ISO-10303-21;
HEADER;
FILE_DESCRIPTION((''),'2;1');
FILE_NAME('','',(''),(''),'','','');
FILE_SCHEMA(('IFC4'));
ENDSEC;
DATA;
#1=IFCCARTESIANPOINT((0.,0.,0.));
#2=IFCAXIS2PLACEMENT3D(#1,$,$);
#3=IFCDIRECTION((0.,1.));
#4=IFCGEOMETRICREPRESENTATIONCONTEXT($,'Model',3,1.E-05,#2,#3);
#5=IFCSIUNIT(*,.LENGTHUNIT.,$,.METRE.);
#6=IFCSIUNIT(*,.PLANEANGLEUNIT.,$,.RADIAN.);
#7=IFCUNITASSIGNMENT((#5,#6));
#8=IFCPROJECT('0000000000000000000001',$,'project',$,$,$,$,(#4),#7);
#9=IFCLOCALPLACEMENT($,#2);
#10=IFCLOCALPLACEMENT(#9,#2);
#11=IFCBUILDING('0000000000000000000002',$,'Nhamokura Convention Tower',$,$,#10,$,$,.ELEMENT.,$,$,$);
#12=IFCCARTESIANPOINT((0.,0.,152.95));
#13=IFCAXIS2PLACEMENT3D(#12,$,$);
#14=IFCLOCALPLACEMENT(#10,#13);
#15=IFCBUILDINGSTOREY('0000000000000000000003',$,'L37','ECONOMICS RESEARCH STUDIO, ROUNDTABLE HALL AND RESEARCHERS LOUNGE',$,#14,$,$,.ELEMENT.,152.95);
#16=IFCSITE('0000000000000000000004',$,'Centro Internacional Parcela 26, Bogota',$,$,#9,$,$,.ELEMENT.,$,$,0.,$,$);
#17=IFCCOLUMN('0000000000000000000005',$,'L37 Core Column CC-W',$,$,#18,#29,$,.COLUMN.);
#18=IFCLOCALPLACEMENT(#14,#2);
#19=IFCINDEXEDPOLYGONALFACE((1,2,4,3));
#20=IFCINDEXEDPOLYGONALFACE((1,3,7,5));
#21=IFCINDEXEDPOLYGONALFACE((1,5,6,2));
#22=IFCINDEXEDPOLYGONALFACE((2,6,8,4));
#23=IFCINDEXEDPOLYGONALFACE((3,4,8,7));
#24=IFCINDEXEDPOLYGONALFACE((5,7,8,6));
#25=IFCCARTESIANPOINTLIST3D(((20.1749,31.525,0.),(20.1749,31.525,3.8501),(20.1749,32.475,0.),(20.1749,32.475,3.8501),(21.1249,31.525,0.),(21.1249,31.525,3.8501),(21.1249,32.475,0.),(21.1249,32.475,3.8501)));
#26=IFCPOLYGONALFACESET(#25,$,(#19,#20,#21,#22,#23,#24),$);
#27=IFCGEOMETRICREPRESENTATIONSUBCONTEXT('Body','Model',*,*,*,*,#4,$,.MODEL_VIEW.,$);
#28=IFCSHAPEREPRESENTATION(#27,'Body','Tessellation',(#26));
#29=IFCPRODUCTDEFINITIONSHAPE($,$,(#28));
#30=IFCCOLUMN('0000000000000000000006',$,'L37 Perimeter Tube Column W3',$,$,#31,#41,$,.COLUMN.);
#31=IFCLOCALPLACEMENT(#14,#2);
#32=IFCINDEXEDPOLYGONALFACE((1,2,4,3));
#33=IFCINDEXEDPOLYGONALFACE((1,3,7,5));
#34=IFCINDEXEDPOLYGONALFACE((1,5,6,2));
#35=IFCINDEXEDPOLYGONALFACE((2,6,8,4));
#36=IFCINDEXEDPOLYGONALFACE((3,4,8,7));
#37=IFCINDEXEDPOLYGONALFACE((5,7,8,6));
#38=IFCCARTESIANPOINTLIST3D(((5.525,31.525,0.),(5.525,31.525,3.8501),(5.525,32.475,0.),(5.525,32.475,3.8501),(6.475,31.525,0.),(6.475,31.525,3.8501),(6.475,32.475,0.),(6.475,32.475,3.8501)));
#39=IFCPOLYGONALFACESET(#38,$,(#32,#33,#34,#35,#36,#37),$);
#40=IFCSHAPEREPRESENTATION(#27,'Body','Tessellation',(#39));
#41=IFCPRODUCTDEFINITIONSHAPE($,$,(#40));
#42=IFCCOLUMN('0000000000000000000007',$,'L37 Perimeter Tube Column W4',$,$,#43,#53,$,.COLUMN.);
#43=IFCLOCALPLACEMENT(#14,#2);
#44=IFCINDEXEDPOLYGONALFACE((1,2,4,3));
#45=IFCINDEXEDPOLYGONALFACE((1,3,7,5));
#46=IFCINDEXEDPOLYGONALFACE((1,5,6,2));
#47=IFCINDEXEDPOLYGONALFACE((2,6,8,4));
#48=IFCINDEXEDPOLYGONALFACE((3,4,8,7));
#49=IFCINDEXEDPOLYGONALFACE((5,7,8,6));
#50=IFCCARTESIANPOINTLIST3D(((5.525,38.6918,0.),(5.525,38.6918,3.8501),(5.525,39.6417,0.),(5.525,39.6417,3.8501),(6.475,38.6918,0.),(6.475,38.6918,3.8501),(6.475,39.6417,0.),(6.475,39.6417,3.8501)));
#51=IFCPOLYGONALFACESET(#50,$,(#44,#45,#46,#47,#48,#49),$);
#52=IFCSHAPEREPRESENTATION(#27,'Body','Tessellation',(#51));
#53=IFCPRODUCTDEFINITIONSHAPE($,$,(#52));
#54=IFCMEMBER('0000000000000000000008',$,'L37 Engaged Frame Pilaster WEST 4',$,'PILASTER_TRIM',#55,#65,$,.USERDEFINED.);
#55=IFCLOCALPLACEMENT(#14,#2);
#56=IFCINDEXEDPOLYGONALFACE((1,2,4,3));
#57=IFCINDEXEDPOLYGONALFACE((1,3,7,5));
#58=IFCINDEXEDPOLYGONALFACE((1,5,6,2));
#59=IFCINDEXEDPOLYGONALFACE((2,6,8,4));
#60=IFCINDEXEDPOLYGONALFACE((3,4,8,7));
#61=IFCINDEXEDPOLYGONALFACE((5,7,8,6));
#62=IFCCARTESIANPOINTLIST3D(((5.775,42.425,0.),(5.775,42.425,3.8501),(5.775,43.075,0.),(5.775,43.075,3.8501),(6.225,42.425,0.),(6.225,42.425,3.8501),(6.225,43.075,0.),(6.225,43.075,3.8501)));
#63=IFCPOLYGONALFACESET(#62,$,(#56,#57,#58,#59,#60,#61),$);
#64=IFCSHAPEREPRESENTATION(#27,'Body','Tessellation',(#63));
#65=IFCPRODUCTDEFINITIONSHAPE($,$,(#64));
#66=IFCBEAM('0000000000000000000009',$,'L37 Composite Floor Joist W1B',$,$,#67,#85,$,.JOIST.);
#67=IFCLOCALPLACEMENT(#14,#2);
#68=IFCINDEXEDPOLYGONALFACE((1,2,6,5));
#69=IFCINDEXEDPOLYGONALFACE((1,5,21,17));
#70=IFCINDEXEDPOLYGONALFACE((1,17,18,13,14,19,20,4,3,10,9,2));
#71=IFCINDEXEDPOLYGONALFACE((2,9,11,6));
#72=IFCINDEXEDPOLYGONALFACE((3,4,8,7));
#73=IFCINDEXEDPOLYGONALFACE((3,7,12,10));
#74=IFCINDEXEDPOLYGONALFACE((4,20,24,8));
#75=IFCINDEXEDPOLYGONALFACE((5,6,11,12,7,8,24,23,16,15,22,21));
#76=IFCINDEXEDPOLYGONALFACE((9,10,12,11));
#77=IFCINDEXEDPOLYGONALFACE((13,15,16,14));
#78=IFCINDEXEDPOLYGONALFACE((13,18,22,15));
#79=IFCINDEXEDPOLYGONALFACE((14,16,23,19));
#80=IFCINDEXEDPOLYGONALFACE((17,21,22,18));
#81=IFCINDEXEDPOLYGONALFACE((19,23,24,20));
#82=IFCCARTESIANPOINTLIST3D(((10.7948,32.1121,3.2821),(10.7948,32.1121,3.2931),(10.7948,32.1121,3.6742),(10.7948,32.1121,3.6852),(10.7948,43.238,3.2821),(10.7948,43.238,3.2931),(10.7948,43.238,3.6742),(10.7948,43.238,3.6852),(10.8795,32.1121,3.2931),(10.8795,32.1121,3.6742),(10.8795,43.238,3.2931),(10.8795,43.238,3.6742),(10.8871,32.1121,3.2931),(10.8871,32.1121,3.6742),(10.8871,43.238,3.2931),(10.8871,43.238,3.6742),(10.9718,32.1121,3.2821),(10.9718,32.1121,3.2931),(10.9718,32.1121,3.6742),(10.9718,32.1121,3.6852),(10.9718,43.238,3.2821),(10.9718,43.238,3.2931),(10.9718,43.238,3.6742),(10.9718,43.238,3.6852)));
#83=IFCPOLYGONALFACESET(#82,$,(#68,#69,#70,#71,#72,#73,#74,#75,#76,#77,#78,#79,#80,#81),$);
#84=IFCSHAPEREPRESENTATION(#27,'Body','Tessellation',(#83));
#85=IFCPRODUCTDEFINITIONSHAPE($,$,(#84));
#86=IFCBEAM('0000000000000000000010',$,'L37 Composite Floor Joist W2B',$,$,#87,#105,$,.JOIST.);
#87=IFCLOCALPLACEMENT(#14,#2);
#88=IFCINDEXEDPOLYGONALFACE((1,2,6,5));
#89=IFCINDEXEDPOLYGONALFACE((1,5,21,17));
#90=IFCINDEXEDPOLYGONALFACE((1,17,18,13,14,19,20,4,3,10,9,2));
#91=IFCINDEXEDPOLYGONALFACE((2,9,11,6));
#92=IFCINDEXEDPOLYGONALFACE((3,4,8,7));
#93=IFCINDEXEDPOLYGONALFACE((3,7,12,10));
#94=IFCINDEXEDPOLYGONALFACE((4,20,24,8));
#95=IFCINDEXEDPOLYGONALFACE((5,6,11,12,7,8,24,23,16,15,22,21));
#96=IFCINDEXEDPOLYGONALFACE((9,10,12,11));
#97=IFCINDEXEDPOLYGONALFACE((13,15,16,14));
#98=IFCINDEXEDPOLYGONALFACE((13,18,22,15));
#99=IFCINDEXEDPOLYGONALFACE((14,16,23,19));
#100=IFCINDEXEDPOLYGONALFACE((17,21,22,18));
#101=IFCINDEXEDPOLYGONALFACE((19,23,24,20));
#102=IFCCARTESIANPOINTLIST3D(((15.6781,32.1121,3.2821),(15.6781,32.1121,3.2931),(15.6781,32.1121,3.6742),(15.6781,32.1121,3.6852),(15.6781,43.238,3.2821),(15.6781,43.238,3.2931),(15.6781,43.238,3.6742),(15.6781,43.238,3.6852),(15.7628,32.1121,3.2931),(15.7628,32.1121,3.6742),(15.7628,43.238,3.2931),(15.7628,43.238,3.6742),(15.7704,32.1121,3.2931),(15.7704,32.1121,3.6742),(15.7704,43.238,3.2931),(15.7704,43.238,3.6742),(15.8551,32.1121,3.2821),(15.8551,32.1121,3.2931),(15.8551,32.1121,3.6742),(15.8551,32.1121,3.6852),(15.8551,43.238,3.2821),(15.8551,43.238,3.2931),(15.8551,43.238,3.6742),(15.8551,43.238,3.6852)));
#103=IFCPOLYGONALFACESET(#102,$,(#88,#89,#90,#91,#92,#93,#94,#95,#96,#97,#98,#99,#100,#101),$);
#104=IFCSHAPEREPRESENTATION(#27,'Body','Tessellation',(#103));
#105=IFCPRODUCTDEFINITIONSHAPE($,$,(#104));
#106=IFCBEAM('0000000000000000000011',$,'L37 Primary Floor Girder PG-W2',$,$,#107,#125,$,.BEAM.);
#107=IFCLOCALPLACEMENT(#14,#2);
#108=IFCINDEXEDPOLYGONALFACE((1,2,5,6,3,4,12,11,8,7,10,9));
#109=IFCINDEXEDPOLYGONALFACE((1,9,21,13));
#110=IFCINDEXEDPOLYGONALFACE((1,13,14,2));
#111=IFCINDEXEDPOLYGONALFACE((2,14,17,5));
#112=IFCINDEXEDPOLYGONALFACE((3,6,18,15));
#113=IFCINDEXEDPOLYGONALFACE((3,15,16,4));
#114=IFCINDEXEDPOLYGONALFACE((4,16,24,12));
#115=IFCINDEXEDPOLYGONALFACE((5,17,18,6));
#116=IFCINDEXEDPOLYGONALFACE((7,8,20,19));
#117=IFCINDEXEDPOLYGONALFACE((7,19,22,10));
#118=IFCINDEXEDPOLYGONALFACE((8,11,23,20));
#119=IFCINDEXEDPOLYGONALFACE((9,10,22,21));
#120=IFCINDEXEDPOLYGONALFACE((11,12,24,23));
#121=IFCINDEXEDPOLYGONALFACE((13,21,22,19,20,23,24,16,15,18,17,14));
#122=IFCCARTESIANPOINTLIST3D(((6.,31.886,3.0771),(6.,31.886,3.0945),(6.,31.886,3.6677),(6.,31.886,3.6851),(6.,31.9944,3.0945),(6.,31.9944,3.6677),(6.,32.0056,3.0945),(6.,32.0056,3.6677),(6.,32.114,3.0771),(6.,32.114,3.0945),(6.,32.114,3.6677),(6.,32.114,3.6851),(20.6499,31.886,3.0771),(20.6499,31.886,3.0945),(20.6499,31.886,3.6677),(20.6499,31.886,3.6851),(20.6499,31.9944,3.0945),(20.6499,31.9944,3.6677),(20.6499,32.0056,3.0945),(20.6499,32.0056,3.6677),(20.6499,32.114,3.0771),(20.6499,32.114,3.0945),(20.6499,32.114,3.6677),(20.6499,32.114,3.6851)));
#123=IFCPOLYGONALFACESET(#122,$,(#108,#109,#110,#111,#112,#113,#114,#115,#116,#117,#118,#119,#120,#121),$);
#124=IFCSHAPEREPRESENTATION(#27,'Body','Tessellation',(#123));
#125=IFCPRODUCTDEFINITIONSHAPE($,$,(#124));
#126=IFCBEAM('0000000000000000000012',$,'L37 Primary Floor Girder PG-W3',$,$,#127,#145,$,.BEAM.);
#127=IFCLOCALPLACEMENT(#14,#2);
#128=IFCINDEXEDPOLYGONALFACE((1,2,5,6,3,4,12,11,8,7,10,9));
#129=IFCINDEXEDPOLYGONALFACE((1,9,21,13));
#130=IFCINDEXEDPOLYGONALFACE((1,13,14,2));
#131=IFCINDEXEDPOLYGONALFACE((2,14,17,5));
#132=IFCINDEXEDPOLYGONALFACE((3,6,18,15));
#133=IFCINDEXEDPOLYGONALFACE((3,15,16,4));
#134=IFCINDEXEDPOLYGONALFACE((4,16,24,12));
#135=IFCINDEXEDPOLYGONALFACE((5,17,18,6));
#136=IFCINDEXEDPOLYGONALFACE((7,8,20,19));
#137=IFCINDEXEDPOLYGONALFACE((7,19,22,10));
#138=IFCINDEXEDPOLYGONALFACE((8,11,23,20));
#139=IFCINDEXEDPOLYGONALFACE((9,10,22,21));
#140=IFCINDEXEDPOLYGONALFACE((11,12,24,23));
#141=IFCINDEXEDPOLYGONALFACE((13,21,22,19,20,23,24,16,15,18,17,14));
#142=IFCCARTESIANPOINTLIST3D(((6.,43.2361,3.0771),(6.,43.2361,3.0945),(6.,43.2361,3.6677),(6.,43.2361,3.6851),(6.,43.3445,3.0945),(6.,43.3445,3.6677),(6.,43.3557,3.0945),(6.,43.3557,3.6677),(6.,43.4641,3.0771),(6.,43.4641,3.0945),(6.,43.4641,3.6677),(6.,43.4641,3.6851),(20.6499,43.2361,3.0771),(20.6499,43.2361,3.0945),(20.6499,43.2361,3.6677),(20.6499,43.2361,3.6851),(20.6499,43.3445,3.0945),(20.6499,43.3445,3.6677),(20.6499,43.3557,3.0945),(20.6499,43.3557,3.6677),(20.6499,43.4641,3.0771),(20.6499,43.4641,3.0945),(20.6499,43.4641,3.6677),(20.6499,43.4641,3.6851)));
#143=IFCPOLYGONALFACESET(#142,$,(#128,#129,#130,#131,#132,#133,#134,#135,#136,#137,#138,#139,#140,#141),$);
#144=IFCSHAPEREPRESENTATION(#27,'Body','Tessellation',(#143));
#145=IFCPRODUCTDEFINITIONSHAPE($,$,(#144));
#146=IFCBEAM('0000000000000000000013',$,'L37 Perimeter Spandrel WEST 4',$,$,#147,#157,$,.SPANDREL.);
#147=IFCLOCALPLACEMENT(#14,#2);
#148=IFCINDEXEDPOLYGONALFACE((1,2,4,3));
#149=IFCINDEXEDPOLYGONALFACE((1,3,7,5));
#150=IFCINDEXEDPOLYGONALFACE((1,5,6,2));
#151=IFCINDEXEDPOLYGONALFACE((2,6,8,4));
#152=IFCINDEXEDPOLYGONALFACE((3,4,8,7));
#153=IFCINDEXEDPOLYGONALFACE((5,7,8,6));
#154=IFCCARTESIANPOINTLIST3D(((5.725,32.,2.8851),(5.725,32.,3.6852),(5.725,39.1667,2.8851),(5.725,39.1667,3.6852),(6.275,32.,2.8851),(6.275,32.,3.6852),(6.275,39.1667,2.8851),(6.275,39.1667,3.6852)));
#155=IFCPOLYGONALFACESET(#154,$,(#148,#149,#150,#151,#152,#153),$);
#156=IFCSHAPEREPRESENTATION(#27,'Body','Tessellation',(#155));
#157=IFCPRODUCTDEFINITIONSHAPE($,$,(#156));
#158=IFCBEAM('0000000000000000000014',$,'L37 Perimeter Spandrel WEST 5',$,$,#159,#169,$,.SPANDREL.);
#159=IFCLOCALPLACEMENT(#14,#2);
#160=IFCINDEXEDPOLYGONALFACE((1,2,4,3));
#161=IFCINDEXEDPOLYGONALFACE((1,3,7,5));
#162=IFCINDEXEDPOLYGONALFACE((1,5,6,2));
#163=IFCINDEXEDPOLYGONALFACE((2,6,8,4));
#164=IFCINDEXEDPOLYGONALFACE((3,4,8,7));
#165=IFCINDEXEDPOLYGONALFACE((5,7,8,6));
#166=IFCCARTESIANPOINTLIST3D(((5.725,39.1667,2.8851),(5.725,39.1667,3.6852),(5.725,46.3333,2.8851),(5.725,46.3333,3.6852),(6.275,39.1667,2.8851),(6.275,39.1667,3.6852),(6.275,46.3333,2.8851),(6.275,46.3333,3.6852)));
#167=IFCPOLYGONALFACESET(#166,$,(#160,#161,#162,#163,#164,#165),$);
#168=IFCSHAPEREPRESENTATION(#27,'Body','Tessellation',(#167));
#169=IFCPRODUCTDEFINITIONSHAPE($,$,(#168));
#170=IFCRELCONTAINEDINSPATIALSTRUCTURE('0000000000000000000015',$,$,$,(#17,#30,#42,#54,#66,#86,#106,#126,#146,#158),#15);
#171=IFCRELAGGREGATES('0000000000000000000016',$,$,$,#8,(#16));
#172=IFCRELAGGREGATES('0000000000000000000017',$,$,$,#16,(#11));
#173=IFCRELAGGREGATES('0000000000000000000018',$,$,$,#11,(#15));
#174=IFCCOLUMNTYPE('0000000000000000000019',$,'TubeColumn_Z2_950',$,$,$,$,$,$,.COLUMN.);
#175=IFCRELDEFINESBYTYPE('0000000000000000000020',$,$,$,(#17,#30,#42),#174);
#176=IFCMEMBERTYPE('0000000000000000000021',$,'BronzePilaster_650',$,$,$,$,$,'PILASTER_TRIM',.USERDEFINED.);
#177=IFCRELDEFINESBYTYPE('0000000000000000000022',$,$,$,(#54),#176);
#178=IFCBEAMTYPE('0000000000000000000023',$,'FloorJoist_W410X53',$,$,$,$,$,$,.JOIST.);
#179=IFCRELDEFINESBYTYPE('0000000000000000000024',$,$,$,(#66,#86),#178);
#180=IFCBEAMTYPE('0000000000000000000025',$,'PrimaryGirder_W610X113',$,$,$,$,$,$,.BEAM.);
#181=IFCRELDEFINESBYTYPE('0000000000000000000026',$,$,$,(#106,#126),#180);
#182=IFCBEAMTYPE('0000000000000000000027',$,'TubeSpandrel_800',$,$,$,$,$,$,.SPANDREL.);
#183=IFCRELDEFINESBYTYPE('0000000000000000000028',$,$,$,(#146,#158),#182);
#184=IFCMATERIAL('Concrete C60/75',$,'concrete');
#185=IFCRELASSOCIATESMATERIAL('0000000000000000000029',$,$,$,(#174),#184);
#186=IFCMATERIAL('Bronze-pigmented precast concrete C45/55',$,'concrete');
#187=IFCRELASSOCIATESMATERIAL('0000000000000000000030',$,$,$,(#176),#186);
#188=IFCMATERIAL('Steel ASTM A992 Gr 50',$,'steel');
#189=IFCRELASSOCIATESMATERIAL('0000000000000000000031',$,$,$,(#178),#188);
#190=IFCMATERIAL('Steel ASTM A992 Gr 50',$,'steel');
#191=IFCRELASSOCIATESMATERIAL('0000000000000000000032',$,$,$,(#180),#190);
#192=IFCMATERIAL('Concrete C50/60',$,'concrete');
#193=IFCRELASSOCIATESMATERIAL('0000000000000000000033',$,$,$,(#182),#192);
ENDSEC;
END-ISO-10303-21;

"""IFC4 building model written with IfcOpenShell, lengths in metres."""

from ifc_helpers import new_model, si_unit, direction, frame, origin, origin_2d, place, context, subcontext, project, spatial, rectangle, i_section, extrude, material, material_profile, profile_set, type_object, element, save


model = new_model("IFC4")

# Units and contexts
model_context = context("Model", 3, precision=1e-05, world=origin(), true_north=direction((0.0, 1.0)))
body_context = subcontext(model_context, "Body", "Model", "MODEL_VIEW")
ifc_project = project(units=[si_unit("LENGTHUNIT", "METRE"), si_unit("PLANEANGLEUNIT", "RADIAN")], contexts=[model_context])

# Site, building, storey
site_placement = place(None, origin())
site = spatial("IfcSite", under=ifc_project, at=site_placement, Name="Centro Internacional Parcela 26, Bogota", CompositionType="ELEMENT", RefElevation=0.0)
building_placement = place(site_placement, origin())
building = spatial("IfcBuilding", under=site, at=building_placement, Name="Nhamokura Convention Tower", CompositionType="ELEMENT")
storey_placement = place(building_placement, frame((0.0, 0.0, 152.95)))
storey = spatial("IfcBuildingStorey", under=building, at=storey_placement, Name="L37", Description="ECONOMICS RESEARCH STUDIO, ROUNDTABLE HALL AND RESEARCHERS LOUNGE", CompositionType="ELEMENT", Elevation=152.95)

# Columns
ifc_material_1 = material(Name="Concrete C60/75", Category="concrete")
ifc_material_profile_1 = material_profile(ifc_material_1, rectangle(XDim=0.95, YDim=0.95, at=origin_2d()))
ifc_profile_set_1 = profile_set([ifc_material_profile_1], Name="Concrete C60/75")
column_type = type_object("IfcColumnType", Name="TubeColumn_Z2_950", PredefinedType="COLUMN", material=ifc_profile_set_1)
for number, where, z_axis, x_axis, name in (
    (1, (20.6499, 32.0, 0.0), (0.0, 0.0, 1.0), (1.0, 0.0, 0.0), "L37 Core Column CC-W"),
    (2, (6.0, 32.0, 0.0), (0.0, 0.0, 1.0), (1.0, 0.0, 0.0), "L37 Perimeter Tube Column W3"),
    (3, (6.0, 39.1667, 0.0), (0.0, 0.0, 1.0), (1.0, 0.0, 0.0), "L37 Perimeter Tube Column W4"),
):
    element("IfcColumn", number, at=place(storey_placement, frame(where, z_axis=z_axis, x_axis=x_axis)), inside=storey, type_object=column_type, Name=name, PredefinedType="COLUMN", context=body_context, shape_type="SweptSolid", body=[
        extrude(rectangle(XDim=0.95, YDim=0.95, at=origin_2d()), origin(), (0.0, 0.0, 1.0), 3.8501),
    ])

# Member
ifc_material_2 = material(Name="Bronze-pigmented precast concrete C45/55", Category="concrete")
ifc_material_profile_2 = material_profile(ifc_material_2, rectangle(XDim=0.45, YDim=0.6499, at=origin_2d()))
ifc_profile_set_2 = profile_set([ifc_material_profile_2], Name="Bronze-pigmented precast concrete C45/55")
member_type = type_object("IfcMemberType", Name="BronzePilaster_650", ElementType="PILASTER_TRIM", PredefinedType="USERDEFINED", material=ifc_profile_set_2)
member_placement = place(storey_placement, frame((6.0, 42.75, 0.0), z_axis=(0.0, 0.0, 1.0), x_axis=(1.0, 0.0, 0.0)))
element("IfcMember", 4, at=member_placement, inside=storey, type_object=member_type, Name="L37 Engaged Frame Pilaster WEST 4", ObjectType="PILASTER_TRIM", PredefinedType="USERDEFINED", context=body_context, shape_type="SweptSolid", body=[
    extrude(rectangle(XDim=0.45, YDim=0.6499, at=origin_2d()), origin(), (0.0, 0.0, 1.0), 3.8501),
])

# Beams
ifc_material_3 = material(Name="Steel ASTM A992 Gr 50", Category="steel")
ifc_material_profile_3 = material_profile(ifc_material_3, i_section(OverallWidth=0.177, OverallDepth=0.4031, WebThickness=0.0076, FlangeThickness=0.011, at=origin_2d()))
ifc_profile_set_3 = profile_set([ifc_material_profile_3], Name="Steel ASTM A992 Gr 50")
beam_type_1 = type_object("IfcBeamType", Name="FloorJoist_W410X53", PredefinedType="JOIST", material=ifc_profile_set_3)
for number, where, z_axis, x_axis, name in (
    (5, (10.8833, 32.1121, 3.4836), (0.0, 1.0, 0.0), (-1.0, 0.0, 0.0), "L37 Composite Floor Joist W1B"),
    (6, (15.7666, 32.1121, 3.4836), (0.0, 1.0, 0.0), (-1.0, 0.0, 0.0), "L37 Composite Floor Joist W2B"),
):
    element("IfcBeam", number, at=place(storey_placement, frame(where, z_axis=z_axis, x_axis=x_axis)), inside=storey, type_object=beam_type_1, Name=name, PredefinedType="JOIST", context=body_context, shape_type="SweptSolid", body=[
        extrude(i_section(OverallWidth=0.177, OverallDepth=0.4031, WebThickness=0.0076, FlangeThickness=0.011, at=origin_2d()), origin(), (0.0, 0.0, 1.0), 11.126),
    ])
ifc_material_4 = material(Name="Steel ASTM A992 Gr 50", Category="steel")
ifc_material_profile_4 = material_profile(ifc_material_4, i_section(OverallWidth=0.228, OverallDepth=0.6079, WebThickness=0.0112, FlangeThickness=0.0173, at=origin_2d()))
ifc_profile_set_4 = profile_set([ifc_material_profile_4], Name="Steel ASTM A992 Gr 50")
beam_type_2 = type_object("IfcBeamType", Name="PrimaryGirder_W610X113", PredefinedType="BEAM", material=ifc_profile_set_4)
for number, where, z_axis, x_axis, name in (
    (7, (6.0, 32.0, 3.3811), (1.0, 0.0, 0.0), (0.0, 1.0, 0.0), "L37 Primary Floor Girder PG-W2"),
    (8, (6.0, 43.3501, 3.3811), (1.0, 0.0, 0.0), (0.0, 1.0, 0.0), "L37 Primary Floor Girder PG-W3"),
):
    element("IfcBeam", number, at=place(storey_placement, frame(where, z_axis=z_axis, x_axis=x_axis)), inside=storey, type_object=beam_type_2, Name=name, PredefinedType="BEAM", context=body_context, shape_type="SweptSolid", body=[
        extrude(i_section(OverallWidth=0.228, OverallDepth=0.6079, WebThickness=0.0112, FlangeThickness=0.0173, at=origin_2d()), origin(), (0.0, 0.0, 1.0), 14.6499),
    ])
ifc_material_5 = material(Name="Concrete C50/60", Category="concrete")
ifc_material_profile_5 = material_profile(ifc_material_5, rectangle(XDim=0.55, YDim=0.8, at=origin_2d()))
ifc_profile_set_5 = profile_set([ifc_material_profile_5], Name="Concrete C50/60")
beam_type_3 = type_object("IfcBeamType", Name="TubeSpandrel_800", PredefinedType="SPANDREL", material=ifc_profile_set_5)
beam_1_placement = place(storey_placement, frame((6.0, 32.0, 3.2852), z_axis=(0.0, 1.0, 0.0), x_axis=(-1.0, 0.0, 0.0)))
element("IfcBeam", 9, at=beam_1_placement, inside=storey, type_object=beam_type_3, Name="L37 Perimeter Spandrel WEST 4", PredefinedType="SPANDREL", context=body_context, shape_type="SweptSolid", body=[
    extrude(rectangle(XDim=0.55, YDim=0.8, at=origin_2d()), origin(), (0.0, 0.0, 1.0), 7.1667),
])
beam_2_placement = place(storey_placement, frame((6.0, 39.1667, 3.2852), z_axis=(0.0, 1.0, 0.0), x_axis=(-1.0, 0.0, 0.0)))
element("IfcBeam", 10, at=beam_2_placement, inside=storey, type_object=beam_type_3, Name="L37 Perimeter Spandrel WEST 5", PredefinedType="SPANDREL", context=body_context, shape_type="SweptSolid", body=[
    extrude(rectangle(XDim=0.55, YDim=0.8, at=origin_2d()), origin(), (0.0, 0.0, 1.0), 7.1665),
])

save(model, "model.ifc")
